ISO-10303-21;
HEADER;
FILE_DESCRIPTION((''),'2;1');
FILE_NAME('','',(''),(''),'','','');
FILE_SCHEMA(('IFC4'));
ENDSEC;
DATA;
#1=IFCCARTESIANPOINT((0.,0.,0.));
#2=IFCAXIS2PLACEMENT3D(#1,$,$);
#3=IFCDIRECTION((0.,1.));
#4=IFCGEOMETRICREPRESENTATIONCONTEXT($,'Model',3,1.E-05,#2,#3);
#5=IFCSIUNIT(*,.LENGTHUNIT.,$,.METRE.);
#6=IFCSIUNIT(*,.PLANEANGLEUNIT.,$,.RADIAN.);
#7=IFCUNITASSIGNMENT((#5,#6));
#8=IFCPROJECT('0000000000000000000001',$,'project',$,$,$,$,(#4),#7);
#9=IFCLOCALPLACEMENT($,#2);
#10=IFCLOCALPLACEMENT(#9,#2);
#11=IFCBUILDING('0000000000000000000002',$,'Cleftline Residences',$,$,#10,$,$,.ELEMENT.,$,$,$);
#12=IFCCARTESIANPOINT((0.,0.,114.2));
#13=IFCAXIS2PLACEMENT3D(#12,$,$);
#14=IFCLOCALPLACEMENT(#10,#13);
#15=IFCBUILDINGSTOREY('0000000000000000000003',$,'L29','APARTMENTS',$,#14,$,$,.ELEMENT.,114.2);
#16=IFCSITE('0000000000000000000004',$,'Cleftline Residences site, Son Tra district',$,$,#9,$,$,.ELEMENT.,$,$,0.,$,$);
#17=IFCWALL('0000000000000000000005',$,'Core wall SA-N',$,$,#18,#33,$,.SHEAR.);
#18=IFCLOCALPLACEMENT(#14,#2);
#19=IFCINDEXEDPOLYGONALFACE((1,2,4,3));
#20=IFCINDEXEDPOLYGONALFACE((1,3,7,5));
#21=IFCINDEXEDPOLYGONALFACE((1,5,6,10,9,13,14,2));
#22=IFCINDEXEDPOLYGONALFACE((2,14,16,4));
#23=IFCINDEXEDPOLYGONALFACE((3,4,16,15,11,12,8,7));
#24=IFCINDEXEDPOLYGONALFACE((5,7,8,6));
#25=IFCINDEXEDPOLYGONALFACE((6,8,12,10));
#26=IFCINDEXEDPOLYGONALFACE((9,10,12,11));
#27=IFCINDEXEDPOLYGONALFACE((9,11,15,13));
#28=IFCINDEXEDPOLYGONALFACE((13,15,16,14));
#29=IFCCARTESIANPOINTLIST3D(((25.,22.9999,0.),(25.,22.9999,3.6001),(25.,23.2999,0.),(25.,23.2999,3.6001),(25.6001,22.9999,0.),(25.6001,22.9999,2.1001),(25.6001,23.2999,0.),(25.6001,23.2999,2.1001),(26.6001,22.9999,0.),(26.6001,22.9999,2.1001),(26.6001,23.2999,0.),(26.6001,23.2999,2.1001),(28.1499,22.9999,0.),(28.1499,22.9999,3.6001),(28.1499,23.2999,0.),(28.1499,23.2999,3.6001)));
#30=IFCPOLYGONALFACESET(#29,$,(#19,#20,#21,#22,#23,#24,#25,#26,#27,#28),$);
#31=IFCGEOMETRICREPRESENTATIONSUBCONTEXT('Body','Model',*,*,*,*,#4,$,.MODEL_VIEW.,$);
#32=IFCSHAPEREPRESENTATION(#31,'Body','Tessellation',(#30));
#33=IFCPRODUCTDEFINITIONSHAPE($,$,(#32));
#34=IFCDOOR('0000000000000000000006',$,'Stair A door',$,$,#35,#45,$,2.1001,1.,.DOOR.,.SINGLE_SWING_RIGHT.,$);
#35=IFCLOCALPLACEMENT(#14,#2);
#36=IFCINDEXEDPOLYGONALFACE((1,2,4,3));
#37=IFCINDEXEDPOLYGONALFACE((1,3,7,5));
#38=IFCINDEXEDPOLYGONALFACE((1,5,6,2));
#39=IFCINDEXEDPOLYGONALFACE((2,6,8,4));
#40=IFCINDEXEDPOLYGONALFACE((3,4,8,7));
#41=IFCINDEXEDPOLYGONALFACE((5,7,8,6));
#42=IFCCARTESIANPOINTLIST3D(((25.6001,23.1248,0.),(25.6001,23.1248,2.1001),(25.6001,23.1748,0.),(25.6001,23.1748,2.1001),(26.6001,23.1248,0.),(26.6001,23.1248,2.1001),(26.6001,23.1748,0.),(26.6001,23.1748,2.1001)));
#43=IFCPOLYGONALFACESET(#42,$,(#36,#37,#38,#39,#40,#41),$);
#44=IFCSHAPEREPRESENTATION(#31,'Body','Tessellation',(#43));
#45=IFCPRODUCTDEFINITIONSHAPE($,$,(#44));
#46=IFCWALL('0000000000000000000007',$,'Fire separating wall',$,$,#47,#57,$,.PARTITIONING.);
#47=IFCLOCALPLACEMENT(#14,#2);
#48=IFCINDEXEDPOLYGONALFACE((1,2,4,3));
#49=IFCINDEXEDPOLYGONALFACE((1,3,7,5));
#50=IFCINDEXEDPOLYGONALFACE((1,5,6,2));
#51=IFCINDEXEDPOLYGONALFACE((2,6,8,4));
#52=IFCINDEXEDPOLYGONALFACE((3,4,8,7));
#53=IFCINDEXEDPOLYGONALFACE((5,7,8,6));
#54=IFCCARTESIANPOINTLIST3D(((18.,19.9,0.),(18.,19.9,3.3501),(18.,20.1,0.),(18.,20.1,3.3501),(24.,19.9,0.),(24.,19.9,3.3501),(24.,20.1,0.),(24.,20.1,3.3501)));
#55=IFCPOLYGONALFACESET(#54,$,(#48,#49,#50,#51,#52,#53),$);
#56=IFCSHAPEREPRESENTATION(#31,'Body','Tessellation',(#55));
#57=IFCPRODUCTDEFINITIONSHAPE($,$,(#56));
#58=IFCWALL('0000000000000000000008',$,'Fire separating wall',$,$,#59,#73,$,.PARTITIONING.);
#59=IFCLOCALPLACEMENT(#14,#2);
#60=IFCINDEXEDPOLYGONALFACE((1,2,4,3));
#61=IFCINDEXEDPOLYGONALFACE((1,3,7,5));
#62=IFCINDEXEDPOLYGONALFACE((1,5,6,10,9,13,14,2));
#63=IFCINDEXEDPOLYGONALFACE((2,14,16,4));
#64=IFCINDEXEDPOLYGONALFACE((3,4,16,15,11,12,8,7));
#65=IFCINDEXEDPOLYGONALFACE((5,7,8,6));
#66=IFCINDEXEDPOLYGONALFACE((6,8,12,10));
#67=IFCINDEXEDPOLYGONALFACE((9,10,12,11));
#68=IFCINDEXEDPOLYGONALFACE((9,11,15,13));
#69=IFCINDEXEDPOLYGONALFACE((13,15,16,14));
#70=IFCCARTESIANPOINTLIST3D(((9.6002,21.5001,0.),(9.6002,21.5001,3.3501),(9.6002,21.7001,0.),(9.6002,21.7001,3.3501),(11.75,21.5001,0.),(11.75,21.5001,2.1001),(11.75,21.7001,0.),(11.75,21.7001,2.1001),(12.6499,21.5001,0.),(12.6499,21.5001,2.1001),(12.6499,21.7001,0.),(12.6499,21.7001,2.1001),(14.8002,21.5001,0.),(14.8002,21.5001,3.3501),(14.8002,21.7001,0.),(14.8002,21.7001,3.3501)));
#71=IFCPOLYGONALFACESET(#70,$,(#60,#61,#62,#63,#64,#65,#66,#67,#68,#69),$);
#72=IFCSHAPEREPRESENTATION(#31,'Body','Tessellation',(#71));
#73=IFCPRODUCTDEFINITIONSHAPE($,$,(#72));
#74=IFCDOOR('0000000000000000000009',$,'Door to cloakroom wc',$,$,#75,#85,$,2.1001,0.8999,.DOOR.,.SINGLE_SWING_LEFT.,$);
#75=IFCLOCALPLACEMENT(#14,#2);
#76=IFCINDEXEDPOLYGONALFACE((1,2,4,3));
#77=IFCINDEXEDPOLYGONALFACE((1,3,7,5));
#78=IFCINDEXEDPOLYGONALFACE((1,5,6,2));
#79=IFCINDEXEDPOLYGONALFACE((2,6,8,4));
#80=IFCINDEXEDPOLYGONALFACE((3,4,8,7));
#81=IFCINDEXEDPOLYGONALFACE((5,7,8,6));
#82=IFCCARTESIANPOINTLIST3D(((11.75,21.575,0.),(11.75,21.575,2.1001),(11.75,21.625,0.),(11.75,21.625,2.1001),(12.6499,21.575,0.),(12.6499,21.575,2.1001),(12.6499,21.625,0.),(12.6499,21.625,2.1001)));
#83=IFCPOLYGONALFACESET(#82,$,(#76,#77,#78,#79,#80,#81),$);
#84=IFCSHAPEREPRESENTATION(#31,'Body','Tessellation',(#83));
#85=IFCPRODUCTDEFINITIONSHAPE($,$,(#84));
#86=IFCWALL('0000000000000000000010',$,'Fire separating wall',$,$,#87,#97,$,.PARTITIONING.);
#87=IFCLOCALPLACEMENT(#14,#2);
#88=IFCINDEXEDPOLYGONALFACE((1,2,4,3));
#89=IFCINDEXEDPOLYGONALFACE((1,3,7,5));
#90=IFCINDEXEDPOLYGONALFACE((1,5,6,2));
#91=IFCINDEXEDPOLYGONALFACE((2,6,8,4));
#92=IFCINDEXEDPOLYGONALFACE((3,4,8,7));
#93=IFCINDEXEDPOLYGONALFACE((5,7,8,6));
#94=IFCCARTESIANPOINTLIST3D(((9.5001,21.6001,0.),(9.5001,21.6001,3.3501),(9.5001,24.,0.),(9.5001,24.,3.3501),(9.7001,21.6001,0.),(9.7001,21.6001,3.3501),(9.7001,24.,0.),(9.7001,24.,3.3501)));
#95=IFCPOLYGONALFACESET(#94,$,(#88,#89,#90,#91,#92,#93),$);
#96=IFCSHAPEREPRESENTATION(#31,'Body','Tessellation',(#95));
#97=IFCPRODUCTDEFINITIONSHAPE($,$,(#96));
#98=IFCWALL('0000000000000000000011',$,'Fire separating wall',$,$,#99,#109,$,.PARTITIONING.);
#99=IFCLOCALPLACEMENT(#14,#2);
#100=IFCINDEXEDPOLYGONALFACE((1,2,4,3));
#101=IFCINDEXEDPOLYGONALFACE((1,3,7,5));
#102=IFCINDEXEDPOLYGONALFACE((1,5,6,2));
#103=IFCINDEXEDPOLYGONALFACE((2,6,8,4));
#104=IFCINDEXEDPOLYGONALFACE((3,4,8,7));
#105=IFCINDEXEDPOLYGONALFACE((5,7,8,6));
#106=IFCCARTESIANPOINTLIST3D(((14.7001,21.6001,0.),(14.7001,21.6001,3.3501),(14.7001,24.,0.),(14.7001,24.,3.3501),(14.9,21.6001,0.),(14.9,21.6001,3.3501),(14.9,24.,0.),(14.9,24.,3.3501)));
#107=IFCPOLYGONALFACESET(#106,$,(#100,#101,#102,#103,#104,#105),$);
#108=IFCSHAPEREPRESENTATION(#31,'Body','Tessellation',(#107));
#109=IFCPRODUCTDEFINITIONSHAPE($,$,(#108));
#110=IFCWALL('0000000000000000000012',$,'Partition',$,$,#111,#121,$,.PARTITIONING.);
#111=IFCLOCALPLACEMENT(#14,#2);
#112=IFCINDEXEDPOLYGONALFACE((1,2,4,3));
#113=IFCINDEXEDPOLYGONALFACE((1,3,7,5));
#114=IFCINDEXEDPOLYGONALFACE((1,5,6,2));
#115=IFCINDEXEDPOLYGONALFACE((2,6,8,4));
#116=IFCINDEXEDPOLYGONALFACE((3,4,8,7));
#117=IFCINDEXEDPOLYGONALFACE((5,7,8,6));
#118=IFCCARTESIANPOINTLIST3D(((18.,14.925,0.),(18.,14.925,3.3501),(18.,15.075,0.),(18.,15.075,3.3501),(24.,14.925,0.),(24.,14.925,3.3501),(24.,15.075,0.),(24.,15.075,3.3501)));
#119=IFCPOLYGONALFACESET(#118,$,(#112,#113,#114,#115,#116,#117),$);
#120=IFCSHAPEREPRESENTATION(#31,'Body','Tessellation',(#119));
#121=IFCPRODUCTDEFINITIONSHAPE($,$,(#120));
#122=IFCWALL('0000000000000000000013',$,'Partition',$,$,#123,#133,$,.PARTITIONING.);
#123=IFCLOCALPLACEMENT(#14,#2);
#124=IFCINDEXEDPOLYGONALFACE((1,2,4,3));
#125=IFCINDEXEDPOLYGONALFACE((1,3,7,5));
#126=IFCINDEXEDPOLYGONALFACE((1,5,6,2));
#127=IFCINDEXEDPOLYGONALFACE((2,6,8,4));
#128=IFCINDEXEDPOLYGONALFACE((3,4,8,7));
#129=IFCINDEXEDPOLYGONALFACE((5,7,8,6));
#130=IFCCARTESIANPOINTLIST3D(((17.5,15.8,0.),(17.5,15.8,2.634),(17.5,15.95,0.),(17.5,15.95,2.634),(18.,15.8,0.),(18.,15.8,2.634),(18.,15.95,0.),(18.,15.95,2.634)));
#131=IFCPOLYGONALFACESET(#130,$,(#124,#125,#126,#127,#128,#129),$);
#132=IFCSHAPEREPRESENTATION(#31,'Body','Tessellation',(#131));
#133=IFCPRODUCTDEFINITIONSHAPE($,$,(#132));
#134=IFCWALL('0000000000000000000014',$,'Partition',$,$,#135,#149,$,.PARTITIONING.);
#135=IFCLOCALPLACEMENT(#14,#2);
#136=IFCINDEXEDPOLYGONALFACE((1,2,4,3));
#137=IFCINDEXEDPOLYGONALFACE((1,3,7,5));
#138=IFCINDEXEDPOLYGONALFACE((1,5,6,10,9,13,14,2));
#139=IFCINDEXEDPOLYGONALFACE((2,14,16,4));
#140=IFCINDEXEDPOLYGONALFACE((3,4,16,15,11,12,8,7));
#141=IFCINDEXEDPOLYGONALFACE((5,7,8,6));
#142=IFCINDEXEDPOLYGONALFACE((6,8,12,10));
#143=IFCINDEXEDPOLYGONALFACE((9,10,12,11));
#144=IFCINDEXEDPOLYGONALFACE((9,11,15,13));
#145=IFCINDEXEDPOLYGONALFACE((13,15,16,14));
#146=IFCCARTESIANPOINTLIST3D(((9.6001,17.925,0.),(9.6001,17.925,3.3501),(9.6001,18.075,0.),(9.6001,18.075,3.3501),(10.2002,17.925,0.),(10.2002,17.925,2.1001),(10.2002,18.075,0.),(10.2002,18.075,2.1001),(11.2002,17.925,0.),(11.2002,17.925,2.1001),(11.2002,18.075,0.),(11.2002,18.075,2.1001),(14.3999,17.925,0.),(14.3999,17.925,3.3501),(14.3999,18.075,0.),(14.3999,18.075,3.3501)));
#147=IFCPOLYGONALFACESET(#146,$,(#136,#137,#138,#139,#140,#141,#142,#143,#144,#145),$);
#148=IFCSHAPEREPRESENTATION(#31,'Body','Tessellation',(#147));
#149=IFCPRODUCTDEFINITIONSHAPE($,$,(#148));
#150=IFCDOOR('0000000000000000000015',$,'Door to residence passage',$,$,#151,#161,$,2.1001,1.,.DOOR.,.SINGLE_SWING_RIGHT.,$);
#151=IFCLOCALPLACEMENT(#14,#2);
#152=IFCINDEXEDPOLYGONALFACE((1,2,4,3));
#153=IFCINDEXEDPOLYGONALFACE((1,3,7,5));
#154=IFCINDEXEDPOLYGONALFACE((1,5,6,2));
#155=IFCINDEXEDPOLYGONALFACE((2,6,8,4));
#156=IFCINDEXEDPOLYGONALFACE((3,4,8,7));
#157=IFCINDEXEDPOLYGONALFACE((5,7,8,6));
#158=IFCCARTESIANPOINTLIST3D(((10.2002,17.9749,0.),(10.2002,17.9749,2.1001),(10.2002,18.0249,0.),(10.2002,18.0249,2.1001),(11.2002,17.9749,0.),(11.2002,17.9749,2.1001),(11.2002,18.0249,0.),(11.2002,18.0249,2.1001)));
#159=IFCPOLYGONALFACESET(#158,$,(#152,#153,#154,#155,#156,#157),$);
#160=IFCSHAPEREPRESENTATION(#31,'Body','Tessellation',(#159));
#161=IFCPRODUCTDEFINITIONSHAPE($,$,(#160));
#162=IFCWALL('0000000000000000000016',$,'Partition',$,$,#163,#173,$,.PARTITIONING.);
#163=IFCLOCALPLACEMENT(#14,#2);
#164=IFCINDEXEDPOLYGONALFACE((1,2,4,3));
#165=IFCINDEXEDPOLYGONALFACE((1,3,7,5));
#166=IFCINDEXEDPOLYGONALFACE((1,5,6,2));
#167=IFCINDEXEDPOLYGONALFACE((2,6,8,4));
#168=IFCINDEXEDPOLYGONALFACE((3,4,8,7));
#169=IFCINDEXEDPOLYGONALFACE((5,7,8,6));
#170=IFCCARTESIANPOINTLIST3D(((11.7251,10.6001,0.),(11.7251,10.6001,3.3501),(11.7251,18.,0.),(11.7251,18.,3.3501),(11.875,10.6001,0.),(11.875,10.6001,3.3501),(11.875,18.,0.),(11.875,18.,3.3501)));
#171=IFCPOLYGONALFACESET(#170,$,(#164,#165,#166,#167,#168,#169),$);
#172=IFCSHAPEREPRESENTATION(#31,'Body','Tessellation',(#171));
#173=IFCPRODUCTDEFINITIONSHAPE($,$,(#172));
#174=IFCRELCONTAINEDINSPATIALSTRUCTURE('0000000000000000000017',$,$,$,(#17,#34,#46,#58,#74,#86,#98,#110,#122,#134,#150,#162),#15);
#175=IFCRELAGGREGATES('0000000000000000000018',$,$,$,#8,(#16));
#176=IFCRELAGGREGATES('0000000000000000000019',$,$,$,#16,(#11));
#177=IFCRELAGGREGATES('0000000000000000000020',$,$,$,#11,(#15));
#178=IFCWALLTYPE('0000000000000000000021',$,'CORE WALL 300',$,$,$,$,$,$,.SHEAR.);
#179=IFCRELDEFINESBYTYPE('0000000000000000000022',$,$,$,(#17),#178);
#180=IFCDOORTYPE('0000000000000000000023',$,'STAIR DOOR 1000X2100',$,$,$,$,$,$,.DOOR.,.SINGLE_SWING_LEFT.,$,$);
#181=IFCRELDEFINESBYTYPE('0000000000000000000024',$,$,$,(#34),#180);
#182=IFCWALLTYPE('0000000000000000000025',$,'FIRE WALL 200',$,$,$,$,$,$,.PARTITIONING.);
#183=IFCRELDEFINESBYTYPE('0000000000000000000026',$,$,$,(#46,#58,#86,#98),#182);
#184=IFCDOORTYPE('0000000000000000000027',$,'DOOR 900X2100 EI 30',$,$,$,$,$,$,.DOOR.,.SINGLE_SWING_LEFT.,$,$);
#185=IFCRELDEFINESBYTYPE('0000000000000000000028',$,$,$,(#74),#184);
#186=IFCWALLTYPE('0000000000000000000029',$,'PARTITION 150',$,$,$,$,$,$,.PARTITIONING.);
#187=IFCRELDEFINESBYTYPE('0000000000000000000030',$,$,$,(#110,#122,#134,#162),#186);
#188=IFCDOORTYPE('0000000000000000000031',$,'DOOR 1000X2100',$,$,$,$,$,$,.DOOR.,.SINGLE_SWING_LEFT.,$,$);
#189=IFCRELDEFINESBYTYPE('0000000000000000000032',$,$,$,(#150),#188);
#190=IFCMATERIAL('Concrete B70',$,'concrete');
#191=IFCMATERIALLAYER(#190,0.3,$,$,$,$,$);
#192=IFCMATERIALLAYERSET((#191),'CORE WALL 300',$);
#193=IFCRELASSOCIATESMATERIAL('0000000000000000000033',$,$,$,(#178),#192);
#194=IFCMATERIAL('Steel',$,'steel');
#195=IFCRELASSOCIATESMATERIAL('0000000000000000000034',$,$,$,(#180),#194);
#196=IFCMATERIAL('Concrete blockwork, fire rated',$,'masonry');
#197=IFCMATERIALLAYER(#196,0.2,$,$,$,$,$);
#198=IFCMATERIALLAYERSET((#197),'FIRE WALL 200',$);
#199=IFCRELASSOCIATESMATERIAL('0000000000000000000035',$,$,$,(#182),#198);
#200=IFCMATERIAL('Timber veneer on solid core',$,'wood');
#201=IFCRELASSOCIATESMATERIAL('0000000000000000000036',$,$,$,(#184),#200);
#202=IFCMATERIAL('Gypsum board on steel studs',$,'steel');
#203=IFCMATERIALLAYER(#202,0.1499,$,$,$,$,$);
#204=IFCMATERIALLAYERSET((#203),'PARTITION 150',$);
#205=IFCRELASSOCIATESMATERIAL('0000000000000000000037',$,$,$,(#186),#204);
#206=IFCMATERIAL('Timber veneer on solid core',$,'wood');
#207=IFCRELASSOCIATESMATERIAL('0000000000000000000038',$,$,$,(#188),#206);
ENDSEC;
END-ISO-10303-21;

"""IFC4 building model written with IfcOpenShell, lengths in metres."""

from ifc_helpers import new_model, si_unit, direction, frame, frame_2d, origin, place, context, subcontext, project, spatial, rectangle, extrude, material, layer, layer_set, type_object, element, fill, save


model = new_model("IFC4")

# Units and contexts
model_context = context("Model", 3, precision=1e-05, world=origin(), true_north=direction((0.0, 1.0)))
body_context = subcontext(model_context, "Body", "Model", "MODEL_VIEW")
ifc_project = project(units=[si_unit("LENGTHUNIT", "METRE"), si_unit("PLANEANGLEUNIT", "RADIAN")], contexts=[model_context])

# Site, building, storey
site_placement = place(None, origin())
site = spatial("IfcSite", under=ifc_project, at=site_placement, Name="Cleftline Residences site, Son Tra district", CompositionType="ELEMENT", RefElevation=0.0)
building_placement = place(site_placement, origin())
building = spatial("IfcBuilding", under=site, at=building_placement, Name="Cleftline Residences", CompositionType="ELEMENT")
storey_placement = place(building_placement, frame((0.0, 0.0, 114.2)))
storey = spatial("IfcBuildingStorey", under=building, at=storey_placement, Name="L29", Description="APARTMENTS", CompositionType="ELEMENT", Elevation=114.2)

# Wall, opening, door
ifc_material_1 = material(Name="Concrete B70", Category="concrete")
ifc_layer_1 = layer(ifc_material_1, 0.3)
ifc_layer_set_1 = layer_set([ifc_layer_1], Name="CORE WALL 300")
wall_type_1 = type_object("IfcWallType", Name="CORE WALL 300", PredefinedType="SHEAR", material=ifc_layer_set_1)
wall_1_placement = place(storey_placement, frame((25.0, 23.1499, 0.0), z_axis=(0.0, 0.0, 1.0), x_axis=(1.0, 0.0, 0.0)))
wall_1 = element("IfcWall", 1, at=wall_1_placement, inside=storey, type_object=wall_type_1, Name="Core wall SA-N", PredefinedType="SHEAR", context=body_context, shape_type="SweptSolid", body=[
    extrude(rectangle(XDim=3.1499, YDim=0.3, at=frame_2d((1.575, 0.0))), origin(), (0.0, 0.0, 1.0), 3.6001),
])
opening_1_placement = place(wall_1_placement, frame((0.6001, 0.0, 0.0)))
opening_1 = element("IfcOpeningElement", 2, at=opening_1_placement, cuts=wall_1, PredefinedType="OPENING", context=body_context, shape_type="SweptSolid", body=[
    extrude(rectangle(XDim=1.0, YDim=2.1001, at=frame_2d((0.5, 1.05))), frame((0.0, 0.1599, 0.0), z_axis=(0.0, -1.0, 0.0), x_axis=(1.0, 0.0, 0.0)), (0.0, 0.0, 1.0), 0.3201),
])
ifc_material_2 = material(Name="Steel", Category="steel")
door_type_1 = type_object("IfcDoorType", Name="STAIR DOOR 1000X2100", OperationType="SINGLE_SWING_LEFT", PredefinedType="DOOR", material=ifc_material_2)
door_1_placement = place(opening_1_placement, origin())
door_1 = element("IfcDoor", 3, at=door_1_placement, inside=storey, type_object=door_type_1, Name="Stair A door", OperationType="SINGLE_SWING_RIGHT", OverallHeight=2.1001, OverallWidth=1.0, PredefinedType="DOOR", context=body_context, shape_type="SweptSolid", body=[
    extrude(rectangle(XDim=1.0, YDim=2.1001, at=frame_2d((0.5, 1.05))), frame((0.0, 0.0249, 0.0), z_axis=(0.0, -1.0, 0.0), x_axis=(1.0, 0.0, 0.0)), (0.0, 0.0, 1.0), 0.05),
])
fill(opening_1, door_1)

# Wall
ifc_material_3 = material(Name="Concrete blockwork, fire rated", Category="masonry")
ifc_layer_2 = layer(ifc_material_3, 0.2)
ifc_layer_set_2 = layer_set([ifc_layer_2], Name="FIRE WALL 200")
wall_type_2 = type_object("IfcWallType", Name="FIRE WALL 200", PredefinedType="PARTITIONING", material=ifc_layer_set_2)
wall_2_placement = place(storey_placement, frame((18.0, 20.0, 0.0), z_axis=(0.0, 0.0, 1.0), x_axis=(1.0, 0.0, 0.0)))
element("IfcWall", 4, at=wall_2_placement, inside=storey, type_object=wall_type_2, Name="Fire separating wall", PredefinedType="PARTITIONING", context=body_context, shape_type="SweptSolid", body=[
    extrude(rectangle(XDim=6.0, YDim=0.2, at=frame_2d((3.0, 0.0))), origin(), (0.0, 0.0, 1.0), 3.3501),
])

# Wall, opening, door
wall_3_placement = place(storey_placement, frame((9.6001, 21.6001, 0.0), z_axis=(0.0, 0.0, 1.0), x_axis=(1.0, 0.0, 0.0)))
wall_3 = element("IfcWall", 5, at=wall_3_placement, inside=storey, type_object=wall_type_2, Name="Fire separating wall", PredefinedType="PARTITIONING", context=body_context, shape_type="SweptSolid", body=[
    extrude(rectangle(XDim=5.2, YDim=0.2, at=frame_2d((2.6001, 0.0))), origin(), (0.0, 0.0, 1.0), 3.3501),
])
opening_2_placement = place(wall_3_placement, frame((2.1499, 0.0, 0.0)))
opening_2 = element("IfcOpeningElement", 6, at=opening_2_placement, cuts=wall_3, PredefinedType="OPENING", context=body_context, shape_type="SweptSolid", body=[
    extrude(rectangle(XDim=0.8999, YDim=2.1001, at=frame_2d((0.45, 1.05))), frame((0.0, 0.1099, 0.0), z_axis=(0.0, -1.0, 0.0), x_axis=(1.0, 0.0, 0.0)), (0.0, 0.0, 1.0), 0.22),
])
ifc_material_4 = material(Name="Timber veneer on solid core", Category="wood")
door_type_2 = type_object("IfcDoorType", Name="DOOR 900X2100 EI 30", OperationType="SINGLE_SWING_LEFT", PredefinedType="DOOR", material=ifc_material_4)
door_2_placement = place(opening_2_placement, origin())
door_2 = element("IfcDoor", 7, at=door_2_placement, inside=storey, type_object=door_type_2, Name="Door to cloakroom wc", OperationType="SINGLE_SWING_LEFT", OverallHeight=2.1001, OverallWidth=0.8999, PredefinedType="DOOR", context=body_context, shape_type="SweptSolid", body=[
    extrude(rectangle(XDim=0.8999, YDim=2.1001, at=frame_2d((0.45, 1.05))), frame((0.0, 0.0249, 0.0), z_axis=(0.0, -1.0, 0.0), x_axis=(1.0, 0.0, 0.0)), (0.0, 0.0, 1.0), 0.05),
])
fill(opening_2, door_2)

# Walls
for number, where, z_axis, x_axis, name in (
    (8, (9.6001, 21.6001, 0.0), (0.0, 0.0, 1.0), (0.0, 1.0, 0.0), "Fire separating wall"),
    (9, (14.8, 21.6001, 0.0), (0.0, 0.0, 1.0), (0.0, 1.0, 0.0), "Fire separating wall"),
):
    element("IfcWall", number, at=place(storey_placement, frame(where, z_axis=z_axis, x_axis=x_axis)), inside=storey, type_object=wall_type_2, Name=name, PredefinedType="PARTITIONING", context=body_context, shape_type="SweptSolid", body=[
        extrude(rectangle(XDim=2.3999, YDim=0.2, at=frame_2d((1.2, 0.0))), origin(), (0.0, 0.0, 1.0), 3.3501),
    ])

# Walls
ifc_material_5 = material(Name="Gypsum board on steel studs", Category="steel")
ifc_layer_3 = layer(ifc_material_5, 0.1499)
ifc_layer_set_3 = layer_set([ifc_layer_3], Name="PARTITION 150")
wall_type_3 = type_object("IfcWallType", Name="PARTITION 150", PredefinedType="PARTITIONING", material=ifc_layer_set_3)
wall_4_placement = place(storey_placement, frame((18.0, 15.0, 0.0), z_axis=(0.0, 0.0, 1.0), x_axis=(1.0, 0.0, 0.0)))
element("IfcWall", 10, at=wall_4_placement, inside=storey, type_object=wall_type_3, Name="Partition", PredefinedType="PARTITIONING", context=body_context, shape_type="SweptSolid", body=[
    extrude(rectangle(XDim=6.0, YDim=0.1499, at=frame_2d((3.0, 0.0))), origin(), (0.0, 0.0, 1.0), 3.3501),
])
wall_5_placement = place(storey_placement, frame((17.5, 15.875, 0.0), z_axis=(0.0, 0.0, 1.0), x_axis=(1.0, 0.0, 0.0)))
element("IfcWall", 11, at=wall_5_placement, inside=storey, type_object=wall_type_3, Name="Partition", PredefinedType="PARTITIONING", context=body_context, shape_type="SweptSolid", body=[
    extrude(rectangle(XDim=0.5, YDim=0.1499, at=frame_2d((0.25, 0.0))), origin(), (0.0, 0.0, 1.0), 2.634),
])

# Wall, opening, door
wall_6_placement = place(storey_placement, frame((9.6001, 18.0, 0.0), z_axis=(0.0, 0.0, 1.0), x_axis=(1.0, 0.0, 0.0)))
wall_6 = element("IfcWall", 12, at=wall_6_placement, inside=storey, type_object=wall_type_3, Name="Partition", PredefinedType="PARTITIONING", context=body_context, shape_type="SweptSolid", body=[
    extrude(rectangle(XDim=4.7998, YDim=0.1499, at=frame_2d((2.3999, 0.0))), origin(), (0.0, 0.0, 1.0), 3.3501),
])
opening_3_placement = place(wall_6_placement, frame((0.6001, 0.0, 0.0)))
opening_3 = element("IfcOpeningElement", 13, at=opening_3_placement, cuts=wall_6, PredefinedType="OPENING", context=body_context, shape_type="SweptSolid", body=[
    extrude(rectangle(XDim=1.0, YDim=2.1001, at=frame_2d((0.5, 1.05))), frame((0.0, 0.085, 0.0), z_axis=(0.0, -1.0, 0.0), x_axis=(1.0, 0.0, 0.0)), (0.0, 0.0, 1.0), 0.1699),
])
ifc_material_6 = material(Name="Timber veneer on solid core", Category="wood")
door_type_3 = type_object("IfcDoorType", Name="DOOR 1000X2100", OperationType="SINGLE_SWING_LEFT", PredefinedType="DOOR", material=ifc_material_6)
door_3_placement = place(opening_3_placement, origin())
door_3 = element("IfcDoor", 14, at=door_3_placement, inside=storey, type_object=door_type_3, Name="Door to residence passage", OperationType="SINGLE_SWING_RIGHT", OverallHeight=2.1001, OverallWidth=1.0, PredefinedType="DOOR", context=body_context, shape_type="SweptSolid", body=[
    extrude(rectangle(XDim=1.0, YDim=2.1001, at=frame_2d((0.5, 1.05))), frame((0.0, 0.0249, 0.0), z_axis=(0.0, -1.0, 0.0), x_axis=(1.0, 0.0, 0.0)), (0.0, 0.0, 1.0), 0.05),
])
fill(opening_3, door_3)

# Wall
wall_7_placement = place(storey_placement, frame((11.8, 10.6001, 0.0), z_axis=(0.0, 0.0, 1.0), x_axis=(0.0, 1.0, 0.0)))
element("IfcWall", 15, at=wall_7_placement, inside=storey, type_object=wall_type_3, Name="Partition", PredefinedType="PARTITIONING", context=body_context, shape_type="SweptSolid", body=[
    extrude(rectangle(XDim=7.3999, YDim=0.1499, at=frame_2d((3.7, 0.0))), origin(), (0.0, 0.0, 1.0), 3.3501),
])

save(model, "model.ifc")
